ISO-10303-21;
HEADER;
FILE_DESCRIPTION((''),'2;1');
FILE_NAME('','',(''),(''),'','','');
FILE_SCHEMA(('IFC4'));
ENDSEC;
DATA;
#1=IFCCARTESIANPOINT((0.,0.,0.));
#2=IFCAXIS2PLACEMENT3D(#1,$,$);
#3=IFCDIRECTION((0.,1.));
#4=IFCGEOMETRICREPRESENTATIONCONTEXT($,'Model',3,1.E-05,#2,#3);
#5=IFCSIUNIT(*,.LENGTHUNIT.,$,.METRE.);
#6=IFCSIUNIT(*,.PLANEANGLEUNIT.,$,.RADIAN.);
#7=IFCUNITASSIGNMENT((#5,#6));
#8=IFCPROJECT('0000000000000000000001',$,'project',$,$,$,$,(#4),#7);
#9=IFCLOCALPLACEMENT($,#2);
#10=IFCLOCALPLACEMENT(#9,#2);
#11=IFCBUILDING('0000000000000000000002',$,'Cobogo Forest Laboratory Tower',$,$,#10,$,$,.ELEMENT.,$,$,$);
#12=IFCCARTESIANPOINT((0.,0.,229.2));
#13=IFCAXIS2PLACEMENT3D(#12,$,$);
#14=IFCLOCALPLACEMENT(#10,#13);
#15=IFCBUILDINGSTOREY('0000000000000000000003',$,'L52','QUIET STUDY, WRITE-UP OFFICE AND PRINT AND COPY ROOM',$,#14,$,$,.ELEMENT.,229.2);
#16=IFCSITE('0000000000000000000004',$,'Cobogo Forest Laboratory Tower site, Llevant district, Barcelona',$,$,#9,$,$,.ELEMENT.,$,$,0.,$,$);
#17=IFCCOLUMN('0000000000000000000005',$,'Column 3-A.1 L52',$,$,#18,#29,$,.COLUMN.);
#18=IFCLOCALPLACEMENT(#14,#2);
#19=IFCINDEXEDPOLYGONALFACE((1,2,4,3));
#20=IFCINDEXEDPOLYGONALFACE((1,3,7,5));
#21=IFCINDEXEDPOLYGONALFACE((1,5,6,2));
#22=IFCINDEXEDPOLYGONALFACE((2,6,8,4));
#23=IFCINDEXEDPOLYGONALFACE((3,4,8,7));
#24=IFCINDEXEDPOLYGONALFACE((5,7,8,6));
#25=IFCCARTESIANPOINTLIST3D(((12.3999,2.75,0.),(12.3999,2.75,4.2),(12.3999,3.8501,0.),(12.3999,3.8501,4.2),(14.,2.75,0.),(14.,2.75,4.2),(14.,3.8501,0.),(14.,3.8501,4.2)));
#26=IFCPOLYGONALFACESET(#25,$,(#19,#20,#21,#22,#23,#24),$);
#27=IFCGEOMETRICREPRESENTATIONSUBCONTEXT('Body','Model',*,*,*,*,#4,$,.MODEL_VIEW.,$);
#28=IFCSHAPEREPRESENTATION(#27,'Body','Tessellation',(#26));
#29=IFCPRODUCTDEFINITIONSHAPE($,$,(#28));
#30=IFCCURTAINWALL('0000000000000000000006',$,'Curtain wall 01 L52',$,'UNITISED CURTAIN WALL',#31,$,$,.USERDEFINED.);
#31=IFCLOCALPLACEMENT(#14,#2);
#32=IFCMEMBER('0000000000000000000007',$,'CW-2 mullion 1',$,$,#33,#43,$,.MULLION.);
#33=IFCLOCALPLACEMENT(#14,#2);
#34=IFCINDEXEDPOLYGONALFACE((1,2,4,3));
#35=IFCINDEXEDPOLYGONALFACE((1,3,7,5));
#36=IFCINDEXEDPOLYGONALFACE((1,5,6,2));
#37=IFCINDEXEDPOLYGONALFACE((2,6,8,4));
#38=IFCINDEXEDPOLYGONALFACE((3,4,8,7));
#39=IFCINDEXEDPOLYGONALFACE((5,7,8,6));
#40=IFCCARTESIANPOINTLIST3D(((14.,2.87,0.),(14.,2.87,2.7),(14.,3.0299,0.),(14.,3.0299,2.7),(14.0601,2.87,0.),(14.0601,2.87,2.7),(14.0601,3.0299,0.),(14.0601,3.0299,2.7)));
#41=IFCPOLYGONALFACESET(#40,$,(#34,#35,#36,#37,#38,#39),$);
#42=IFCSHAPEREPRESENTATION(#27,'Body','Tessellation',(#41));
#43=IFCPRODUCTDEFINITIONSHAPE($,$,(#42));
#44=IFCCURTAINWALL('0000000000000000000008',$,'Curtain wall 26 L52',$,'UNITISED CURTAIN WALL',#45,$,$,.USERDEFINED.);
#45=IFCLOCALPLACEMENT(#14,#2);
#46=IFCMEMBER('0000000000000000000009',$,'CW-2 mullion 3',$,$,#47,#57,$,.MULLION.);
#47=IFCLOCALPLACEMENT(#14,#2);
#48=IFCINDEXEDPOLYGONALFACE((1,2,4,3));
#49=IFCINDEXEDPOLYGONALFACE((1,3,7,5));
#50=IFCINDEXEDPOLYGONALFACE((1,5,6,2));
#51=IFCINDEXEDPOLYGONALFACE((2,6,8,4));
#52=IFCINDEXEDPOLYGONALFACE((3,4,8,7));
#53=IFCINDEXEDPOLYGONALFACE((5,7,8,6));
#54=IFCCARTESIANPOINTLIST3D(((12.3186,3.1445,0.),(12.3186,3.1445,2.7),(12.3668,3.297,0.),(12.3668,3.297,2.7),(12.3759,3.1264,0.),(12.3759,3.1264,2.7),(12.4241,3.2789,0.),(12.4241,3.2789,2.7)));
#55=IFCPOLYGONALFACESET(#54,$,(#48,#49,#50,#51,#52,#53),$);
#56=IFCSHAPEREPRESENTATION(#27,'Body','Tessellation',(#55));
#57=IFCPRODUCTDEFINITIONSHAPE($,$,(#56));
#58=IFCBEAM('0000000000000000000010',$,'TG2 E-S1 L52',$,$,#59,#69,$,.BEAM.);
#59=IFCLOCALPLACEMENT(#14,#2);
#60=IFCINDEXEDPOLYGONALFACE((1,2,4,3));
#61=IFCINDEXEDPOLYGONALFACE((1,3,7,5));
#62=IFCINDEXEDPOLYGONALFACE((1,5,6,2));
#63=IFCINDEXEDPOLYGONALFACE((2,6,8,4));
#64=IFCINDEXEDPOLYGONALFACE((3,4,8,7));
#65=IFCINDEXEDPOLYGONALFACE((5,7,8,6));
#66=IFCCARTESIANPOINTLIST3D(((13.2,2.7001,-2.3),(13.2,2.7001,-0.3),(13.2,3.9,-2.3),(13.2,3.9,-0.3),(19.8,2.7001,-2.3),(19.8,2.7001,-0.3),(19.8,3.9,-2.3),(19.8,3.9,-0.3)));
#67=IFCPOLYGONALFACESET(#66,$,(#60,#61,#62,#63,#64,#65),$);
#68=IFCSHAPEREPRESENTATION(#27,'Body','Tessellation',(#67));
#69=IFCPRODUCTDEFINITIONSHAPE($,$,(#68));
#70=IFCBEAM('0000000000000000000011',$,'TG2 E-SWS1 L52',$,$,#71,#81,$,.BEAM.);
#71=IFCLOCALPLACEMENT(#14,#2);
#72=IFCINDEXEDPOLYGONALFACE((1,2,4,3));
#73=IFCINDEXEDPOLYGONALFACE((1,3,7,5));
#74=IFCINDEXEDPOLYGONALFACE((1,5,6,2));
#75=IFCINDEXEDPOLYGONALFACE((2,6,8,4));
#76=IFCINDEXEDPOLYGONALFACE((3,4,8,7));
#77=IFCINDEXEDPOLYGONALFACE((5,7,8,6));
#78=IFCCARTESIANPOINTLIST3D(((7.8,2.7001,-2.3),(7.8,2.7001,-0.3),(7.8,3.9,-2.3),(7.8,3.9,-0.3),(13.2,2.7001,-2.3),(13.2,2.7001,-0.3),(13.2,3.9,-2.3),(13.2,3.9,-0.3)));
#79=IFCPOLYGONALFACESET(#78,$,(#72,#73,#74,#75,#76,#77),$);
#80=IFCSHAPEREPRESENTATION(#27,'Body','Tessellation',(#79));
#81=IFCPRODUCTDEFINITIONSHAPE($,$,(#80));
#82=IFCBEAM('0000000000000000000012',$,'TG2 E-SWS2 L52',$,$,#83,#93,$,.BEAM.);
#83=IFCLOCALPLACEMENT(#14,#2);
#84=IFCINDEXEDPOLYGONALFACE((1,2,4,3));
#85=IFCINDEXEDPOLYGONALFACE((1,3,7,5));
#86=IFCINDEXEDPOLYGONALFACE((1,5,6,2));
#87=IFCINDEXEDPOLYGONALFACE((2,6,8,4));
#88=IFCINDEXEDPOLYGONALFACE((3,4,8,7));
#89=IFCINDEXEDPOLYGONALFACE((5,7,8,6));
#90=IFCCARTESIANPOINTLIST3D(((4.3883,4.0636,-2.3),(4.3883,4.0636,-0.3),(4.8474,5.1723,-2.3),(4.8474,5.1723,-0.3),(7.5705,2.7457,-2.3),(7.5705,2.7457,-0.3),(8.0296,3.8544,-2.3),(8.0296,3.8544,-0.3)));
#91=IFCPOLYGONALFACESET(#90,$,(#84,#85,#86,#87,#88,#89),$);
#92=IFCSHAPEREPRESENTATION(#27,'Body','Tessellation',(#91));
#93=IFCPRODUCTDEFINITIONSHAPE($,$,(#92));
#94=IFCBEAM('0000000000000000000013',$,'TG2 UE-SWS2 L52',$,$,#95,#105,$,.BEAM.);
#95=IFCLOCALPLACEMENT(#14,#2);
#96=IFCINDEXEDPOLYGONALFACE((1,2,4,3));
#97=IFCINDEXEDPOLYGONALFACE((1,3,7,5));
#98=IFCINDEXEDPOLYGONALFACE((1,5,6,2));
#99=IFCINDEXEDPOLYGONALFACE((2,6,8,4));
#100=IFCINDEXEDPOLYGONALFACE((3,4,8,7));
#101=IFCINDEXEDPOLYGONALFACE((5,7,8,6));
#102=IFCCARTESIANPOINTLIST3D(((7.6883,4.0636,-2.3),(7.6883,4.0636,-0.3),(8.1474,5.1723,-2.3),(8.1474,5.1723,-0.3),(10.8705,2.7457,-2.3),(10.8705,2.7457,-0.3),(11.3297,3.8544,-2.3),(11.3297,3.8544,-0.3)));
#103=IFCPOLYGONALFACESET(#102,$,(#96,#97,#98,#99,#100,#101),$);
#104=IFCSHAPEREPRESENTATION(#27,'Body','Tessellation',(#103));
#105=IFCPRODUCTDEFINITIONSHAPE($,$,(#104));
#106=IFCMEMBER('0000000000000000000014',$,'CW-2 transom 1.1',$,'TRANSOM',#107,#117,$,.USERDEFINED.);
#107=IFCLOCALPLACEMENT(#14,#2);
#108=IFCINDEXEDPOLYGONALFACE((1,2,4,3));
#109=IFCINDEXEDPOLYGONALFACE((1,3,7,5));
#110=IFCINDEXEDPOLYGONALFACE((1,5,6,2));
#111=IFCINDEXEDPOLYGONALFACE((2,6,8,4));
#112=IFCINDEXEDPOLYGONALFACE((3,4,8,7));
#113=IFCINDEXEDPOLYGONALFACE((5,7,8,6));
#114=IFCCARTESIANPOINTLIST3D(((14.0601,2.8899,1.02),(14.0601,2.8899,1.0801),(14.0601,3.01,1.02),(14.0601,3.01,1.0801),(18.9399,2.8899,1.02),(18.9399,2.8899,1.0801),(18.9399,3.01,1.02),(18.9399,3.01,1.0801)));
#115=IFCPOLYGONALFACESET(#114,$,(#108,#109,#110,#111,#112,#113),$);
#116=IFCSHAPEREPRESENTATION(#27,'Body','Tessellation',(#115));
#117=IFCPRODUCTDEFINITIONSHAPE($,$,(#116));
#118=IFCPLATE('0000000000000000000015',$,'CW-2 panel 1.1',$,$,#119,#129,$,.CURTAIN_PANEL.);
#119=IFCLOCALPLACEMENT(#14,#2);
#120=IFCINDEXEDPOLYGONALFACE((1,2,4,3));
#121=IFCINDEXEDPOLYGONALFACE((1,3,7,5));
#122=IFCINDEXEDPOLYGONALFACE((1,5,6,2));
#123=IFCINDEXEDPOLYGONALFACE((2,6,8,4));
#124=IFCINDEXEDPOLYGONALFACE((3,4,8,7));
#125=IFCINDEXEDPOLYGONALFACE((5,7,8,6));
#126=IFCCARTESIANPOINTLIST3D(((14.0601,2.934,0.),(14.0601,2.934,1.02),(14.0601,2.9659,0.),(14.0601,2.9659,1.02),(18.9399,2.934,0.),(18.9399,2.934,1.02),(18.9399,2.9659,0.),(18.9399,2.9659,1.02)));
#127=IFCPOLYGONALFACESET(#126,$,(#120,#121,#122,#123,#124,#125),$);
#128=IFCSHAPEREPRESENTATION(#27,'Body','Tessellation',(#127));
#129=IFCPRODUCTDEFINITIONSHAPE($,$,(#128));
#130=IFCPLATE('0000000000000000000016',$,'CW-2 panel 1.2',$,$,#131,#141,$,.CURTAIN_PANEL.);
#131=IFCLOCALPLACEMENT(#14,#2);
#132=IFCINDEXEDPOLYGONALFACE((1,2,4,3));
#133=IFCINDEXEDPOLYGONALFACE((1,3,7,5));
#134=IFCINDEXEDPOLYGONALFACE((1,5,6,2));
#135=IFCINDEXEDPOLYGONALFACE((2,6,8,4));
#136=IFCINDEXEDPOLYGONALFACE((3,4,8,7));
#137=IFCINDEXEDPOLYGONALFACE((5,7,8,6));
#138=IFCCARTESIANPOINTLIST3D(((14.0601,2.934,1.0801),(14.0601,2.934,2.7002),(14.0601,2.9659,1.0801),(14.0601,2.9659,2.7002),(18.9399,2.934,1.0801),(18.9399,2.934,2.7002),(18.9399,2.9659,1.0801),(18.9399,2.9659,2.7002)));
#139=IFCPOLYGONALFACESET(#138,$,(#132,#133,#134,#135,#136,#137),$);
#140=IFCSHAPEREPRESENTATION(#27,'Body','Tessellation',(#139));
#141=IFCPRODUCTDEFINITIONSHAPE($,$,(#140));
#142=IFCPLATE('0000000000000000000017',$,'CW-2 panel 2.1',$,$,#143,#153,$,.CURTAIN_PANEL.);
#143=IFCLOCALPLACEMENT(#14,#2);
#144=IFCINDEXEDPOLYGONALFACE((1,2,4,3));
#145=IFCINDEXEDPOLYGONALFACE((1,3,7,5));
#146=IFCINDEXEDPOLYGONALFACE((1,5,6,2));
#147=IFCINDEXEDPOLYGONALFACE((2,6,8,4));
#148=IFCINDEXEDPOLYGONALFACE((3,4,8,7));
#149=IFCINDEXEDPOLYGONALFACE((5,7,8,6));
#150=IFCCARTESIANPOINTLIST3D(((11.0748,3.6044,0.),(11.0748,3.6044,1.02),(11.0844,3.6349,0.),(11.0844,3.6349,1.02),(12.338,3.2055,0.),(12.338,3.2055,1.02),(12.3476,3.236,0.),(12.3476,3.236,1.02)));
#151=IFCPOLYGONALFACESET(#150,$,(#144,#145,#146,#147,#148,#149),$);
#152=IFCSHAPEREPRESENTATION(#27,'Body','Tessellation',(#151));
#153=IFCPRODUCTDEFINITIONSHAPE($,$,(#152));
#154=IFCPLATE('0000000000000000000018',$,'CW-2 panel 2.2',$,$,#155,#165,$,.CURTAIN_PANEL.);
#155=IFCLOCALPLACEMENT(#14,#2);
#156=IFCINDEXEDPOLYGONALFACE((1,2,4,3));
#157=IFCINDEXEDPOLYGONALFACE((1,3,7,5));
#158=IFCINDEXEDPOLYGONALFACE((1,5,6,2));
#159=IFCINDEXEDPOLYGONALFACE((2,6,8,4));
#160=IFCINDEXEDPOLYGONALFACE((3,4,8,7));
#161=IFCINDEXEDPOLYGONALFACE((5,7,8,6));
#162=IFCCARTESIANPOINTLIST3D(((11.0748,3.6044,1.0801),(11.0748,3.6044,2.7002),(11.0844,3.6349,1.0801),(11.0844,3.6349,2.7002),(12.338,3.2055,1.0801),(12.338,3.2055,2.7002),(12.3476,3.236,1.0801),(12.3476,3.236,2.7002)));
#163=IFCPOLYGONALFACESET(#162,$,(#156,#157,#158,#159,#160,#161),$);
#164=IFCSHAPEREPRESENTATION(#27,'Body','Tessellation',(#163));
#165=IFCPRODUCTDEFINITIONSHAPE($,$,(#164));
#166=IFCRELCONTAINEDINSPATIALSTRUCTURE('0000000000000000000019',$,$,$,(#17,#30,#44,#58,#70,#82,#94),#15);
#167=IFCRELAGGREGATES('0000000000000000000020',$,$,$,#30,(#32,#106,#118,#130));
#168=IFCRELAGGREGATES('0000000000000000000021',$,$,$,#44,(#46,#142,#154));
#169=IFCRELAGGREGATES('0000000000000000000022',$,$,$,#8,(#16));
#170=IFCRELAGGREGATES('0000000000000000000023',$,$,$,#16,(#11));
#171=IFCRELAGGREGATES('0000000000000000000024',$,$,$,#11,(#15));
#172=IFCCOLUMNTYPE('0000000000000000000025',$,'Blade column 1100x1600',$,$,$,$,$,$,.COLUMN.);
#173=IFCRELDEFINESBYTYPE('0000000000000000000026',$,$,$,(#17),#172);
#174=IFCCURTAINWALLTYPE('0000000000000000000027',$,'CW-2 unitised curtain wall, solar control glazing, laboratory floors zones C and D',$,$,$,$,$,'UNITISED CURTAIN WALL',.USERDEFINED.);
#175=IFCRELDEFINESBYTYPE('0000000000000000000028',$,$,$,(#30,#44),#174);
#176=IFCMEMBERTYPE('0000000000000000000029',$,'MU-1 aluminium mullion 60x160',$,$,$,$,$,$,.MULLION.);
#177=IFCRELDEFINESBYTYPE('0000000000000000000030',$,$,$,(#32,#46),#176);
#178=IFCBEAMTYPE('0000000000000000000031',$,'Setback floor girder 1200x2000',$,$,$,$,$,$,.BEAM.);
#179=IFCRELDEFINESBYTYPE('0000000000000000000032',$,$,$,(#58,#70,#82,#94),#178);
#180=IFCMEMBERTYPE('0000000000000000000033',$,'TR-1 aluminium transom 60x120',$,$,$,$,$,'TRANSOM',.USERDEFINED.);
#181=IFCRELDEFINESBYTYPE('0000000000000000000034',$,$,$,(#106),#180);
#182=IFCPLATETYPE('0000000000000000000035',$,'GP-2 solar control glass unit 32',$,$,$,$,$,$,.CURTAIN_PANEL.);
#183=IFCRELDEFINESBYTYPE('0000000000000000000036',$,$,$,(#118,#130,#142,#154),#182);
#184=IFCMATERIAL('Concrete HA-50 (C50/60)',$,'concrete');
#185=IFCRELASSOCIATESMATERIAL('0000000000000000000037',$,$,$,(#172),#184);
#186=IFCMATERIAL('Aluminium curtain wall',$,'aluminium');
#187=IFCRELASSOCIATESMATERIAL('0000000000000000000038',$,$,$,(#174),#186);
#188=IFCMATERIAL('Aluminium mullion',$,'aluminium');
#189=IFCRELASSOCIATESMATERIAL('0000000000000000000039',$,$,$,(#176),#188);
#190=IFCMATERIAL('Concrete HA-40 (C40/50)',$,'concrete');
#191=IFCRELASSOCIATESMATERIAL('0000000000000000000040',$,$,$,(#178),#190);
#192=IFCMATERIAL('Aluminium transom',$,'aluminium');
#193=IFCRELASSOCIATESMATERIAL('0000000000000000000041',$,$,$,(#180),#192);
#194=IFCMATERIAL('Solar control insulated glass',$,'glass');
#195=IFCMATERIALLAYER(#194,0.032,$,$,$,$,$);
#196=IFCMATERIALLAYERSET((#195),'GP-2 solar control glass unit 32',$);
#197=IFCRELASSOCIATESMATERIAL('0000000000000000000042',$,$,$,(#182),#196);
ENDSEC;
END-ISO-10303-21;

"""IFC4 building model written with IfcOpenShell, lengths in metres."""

from ifc_helpers import new_model, si_unit, direction, frame, origin, origin_2d, place, context, subcontext, project, spatial, rectangle, extrude, material, layer, layer_set, material_profile, profile_set, type_object, element, aggregate, save


model = new_model("IFC4")

# Units and contexts
model_context = context("Model", 3, precision=1e-05, world=origin(), true_north=direction((0.0, 1.0)))
body_context = subcontext(model_context, "Body", "Model", "MODEL_VIEW")
ifc_project = project(units=[si_unit("LENGTHUNIT", "METRE"), si_unit("PLANEANGLEUNIT", "RADIAN")], contexts=[model_context])

# Site, building, storey
site_placement = place(None, origin())
site = spatial("IfcSite", under=ifc_project, at=site_placement, Name="Cobogo Forest Laboratory Tower site, Llevant district, Barcelona", CompositionType="ELEMENT", RefElevation=0.0)
building_placement = place(site_placement, origin())
building = spatial("IfcBuilding", under=site, at=building_placement, Name="Cobogo Forest Laboratory Tower", CompositionType="ELEMENT")
storey_placement = place(building_placement, frame((0.0, 0.0, 229.2)))
storey = spatial("IfcBuildingStorey", under=building, at=storey_placement, Name="L52", Description="QUIET STUDY, WRITE-UP OFFICE AND PRINT AND COPY ROOM", CompositionType="ELEMENT", Elevation=229.2)

# Column
ifc_material_1 = material(Name="Concrete HA-50 (C50/60)", Category="concrete")
ifc_material_profile_1 = material_profile(ifc_material_1, rectangle(XDim=1.6001, YDim=1.1001, at=origin_2d()), Name="RC 1100x1600")
ifc_profile_set_1 = profile_set([ifc_material_profile_1], Name="Concrete HA-50 (C50/60)")
column_type = type_object("IfcColumnType", Name="Blade column 1100x1600", PredefinedType="COLUMN", material=ifc_profile_set_1)
column_placement = place(storey_placement, frame((13.2, 3.3, 0.0), z_axis=(0.0, 0.0, 1.0), x_axis=(1.0, 0.0, 0.0)))
element("IfcColumn", 1, at=column_placement, inside=storey, type_object=column_type, Name="Column 3-A.1 L52", PredefinedType="COLUMN", context=body_context, shape_type="SweptSolid", body=[
    extrude(rectangle(XDim=1.6001, YDim=1.1001, at=origin_2d()), origin(), (0.0, 0.0, 1.0), 4.2),
])

# Curtain walls, members
ifc_material_2 = material(Name="Aluminium curtain wall", Category="aluminium")
curtain_wall_type = type_object("IfcCurtainWallType", Name="CW-2 unitised curtain wall, solar control glazing, laboratory floors zones C and D", ElementType="UNITISED CURTAIN WALL", PredefinedType="USERDEFINED", material=ifc_material_2)
curtain_wall_1_placement = place(storey_placement, origin())
curtain_wall_1 = element("IfcCurtainWall", 2, at=curtain_wall_1_placement, inside=storey, type_object=curtain_wall_type, Name="Curtain wall 01 L52", ObjectType="UNITISED CURTAIN WALL", PredefinedType="USERDEFINED")
ifc_material_3 = material(Name="Aluminium mullion", Category="aluminium")
ifc_material_profile_2 = material_profile(ifc_material_3, rectangle(XDim=0.0601, YDim=0.1599, at=origin_2d()), Name="AL 60x160")
ifc_profile_set_2 = profile_set([ifc_material_profile_2], Name="Aluminium mullion")
member_type_1 = type_object("IfcMemberType", Name="MU-1 aluminium mullion 60x160", PredefinedType="MULLION", material=ifc_profile_set_2)
member_1_placement = place(storey_placement, frame((14.03, 2.95, 0.0), z_axis=(0.0, 0.0, 1.0), x_axis=(1.0, 0.0, 0.0)))
member_1 = element("IfcMember", 3, at=member_1_placement, type_object=member_type_1, Name="CW-2 mullion 1", PredefinedType="MULLION", context=body_context, shape_type="SweptSolid", body=[
    extrude(rectangle(XDim=0.0601, YDim=0.1599, at=origin_2d()), origin(), (0.0, 0.0, 1.0), 2.7),
])
curtain_wall_2_placement = place(storey_placement, origin())
curtain_wall_2 = element("IfcCurtainWall", 4, at=curtain_wall_2_placement, inside=storey, type_object=curtain_wall_type, Name="Curtain wall 26 L52", ObjectType="UNITISED CURTAIN WALL", PredefinedType="USERDEFINED")
member_2_placement = place(storey_placement, frame((12.3713, 3.2117, 0.0), z_axis=(0.0, 0.0, 1.0), x_axis=(0.953581, -0.301136, 0.0)))
member_2 = element("IfcMember", 5, at=member_2_placement, type_object=member_type_1, Name="CW-2 mullion 3", PredefinedType="MULLION", context=body_context, shape_type="SweptSolid", body=[
    extrude(rectangle(XDim=0.0601, YDim=0.1599, at=origin_2d()), origin(), (0.0, 0.0, 1.0), 2.7),
])

# Beams
ifc_material_4 = material(Name="Concrete HA-40 (C40/50)", Category="concrete")
ifc_material_profile_3 = material_profile(ifc_material_4, rectangle(XDim=1.2, YDim=2.0, at=origin_2d()), Name="RC 1200x2000")
ifc_profile_set_3 = profile_set([ifc_material_profile_3], Name="Concrete HA-40 (C40/50)")
beam_type = type_object("IfcBeamType", Name="Setback floor girder 1200x2000", PredefinedType="BEAM", material=ifc_profile_set_3)
beam_1_placement = place(storey_placement, frame((13.2, 3.3, -1.3), z_axis=(1.0, 0.0, 0.0), x_axis=(0.0, 1.0, 0.0)))
element("IfcBeam", 6, at=beam_1_placement, inside=storey, type_object=beam_type, Name="TG2 E-S1 L52", PredefinedType="BEAM", context=body_context, shape_type="SweptSolid", body=[
    extrude(rectangle(XDim=1.2, YDim=2.0, at=origin_2d()), origin(), (0.0, 0.0, 1.0), 6.6001),
])
beam_2_placement = place(storey_placement, frame((13.2, 3.3, -1.3), z_axis=(-1.0, 0.0, 0.0), x_axis=(0.0, -1.0, 0.0)))
element("IfcBeam", 7, at=beam_2_placement, inside=storey, type_object=beam_type, Name="TG2 E-SWS1 L52", PredefinedType="BEAM", context=body_context, shape_type="SweptSolid", body=[
    extrude(rectangle(XDim=1.2, YDim=2.0, at=origin_2d()), origin(), (0.0, 0.0, 1.0), 5.3999),
])
for number, where, z_axis, x_axis, name in (
    (8, (7.8, 3.3, -1.3), (-0.923901, 0.382631, 0.0), (-0.382631, -0.923901, 0.0), "TG2 E-SWS2 L52"),
    (9, (11.1001, 3.3, -1.3), (-0.923901, 0.382631, 0.0), (-0.382631, -0.923901, 0.0), "TG2 UE-SWS2 L52"),
):
    element("IfcBeam", number, at=place(storey_placement, frame(where, z_axis=z_axis, x_axis=x_axis)), inside=storey, type_object=beam_type, Name=name, PredefinedType="BEAM", context=body_context, shape_type="SweptSolid", body=[
        extrude(rectangle(XDim=1.2, YDim=2.0, at=origin_2d()), origin(), (0.0, 0.0, 1.0), 3.4443),
    ])

# Member
ifc_material_5 = material(Name="Aluminium transom", Category="aluminium")
ifc_material_profile_4 = material_profile(ifc_material_5, rectangle(XDim=0.1201, YDim=0.0601, at=origin_2d()), Name="AL 60x120")
ifc_profile_set_4 = profile_set([ifc_material_profile_4], Name="Aluminium transom")
member_type_2 = type_object("IfcMemberType", Name="TR-1 aluminium transom 60x120", ElementType="TRANSOM", PredefinedType="USERDEFINED", material=ifc_profile_set_4)
member_3_placement = place(storey_placement, frame((14.0601, 2.95, 1.05), z_axis=(1.0, 0.0, 0.0), x_axis=(0.0, 1.0, 0.0)))
member_3 = element("IfcMember", 10, at=member_3_placement, type_object=member_type_2, Name="CW-2 transom 1.1", ObjectType="TRANSOM", PredefinedType="USERDEFINED", context=body_context, shape_type="SweptSolid", body=[
    extrude(rectangle(XDim=0.1201, YDim=0.0601, at=origin_2d()), origin(), (0.0, 0.0, 1.0), 4.8799),
])

# Plates
ifc_material_6 = material(Name="Solar control insulated glass", Category="glass")
ifc_layer = layer(ifc_material_6, 0.032)
ifc_layer_set = layer_set([ifc_layer], Name="GP-2 solar control glass unit 32")
plate_type_1 = type_object("IfcPlateType", Name="GP-2 solar control glass unit 32", PredefinedType="CURTAIN_PANEL", material=ifc_layer_set)
plate_1_placement = place(storey_placement, frame((16.5, 2.95, 0.0), z_axis=(0.0, 0.0, 1.0), x_axis=(1.0, 0.0, 0.0)))
plate_1 = element("IfcPlate", 11, at=plate_1_placement, type_object=plate_type_1, Name="CW-2 panel 1.1", PredefinedType="CURTAIN_PANEL", context=body_context, shape_type="SweptSolid", body=[
    extrude(rectangle(XDim=4.8799, YDim=0.032, at=origin_2d()), origin(), (0.0, 0.0, 1.0), 1.02),
])
plate_2_placement = place(storey_placement, frame((16.5, 2.95, 1.0801), z_axis=(0.0, 0.0, 1.0), x_axis=(1.0, 0.0, 0.0)))
plate_2 = element("IfcPlate", 12, at=plate_2_placement, type_object=plate_type_1, Name="CW-2 panel 1.2", PredefinedType="CURTAIN_PANEL", context=body_context, shape_type="SweptSolid", body=[
    extrude(rectangle(XDim=4.8799, YDim=0.032, at=origin_2d()), origin(), (0.0, 0.0, 1.0), 1.6201),
])
aggregate(curtain_wall_1, [member_1, member_3, plate_1, plate_2])
plate_3_placement = place(storey_placement, frame((11.7112, 3.4202, 0.0), z_axis=(0.0, 0.0, 1.0), x_axis=(0.953581, -0.301136, 0.0)))
plate_3 = element("IfcPlate", 13, at=plate_3_placement, type_object=plate_type_1, Name="CW-2 panel 2.1", PredefinedType="CURTAIN_PANEL", context=body_context, shape_type="SweptSolid", body=[
    extrude(rectangle(XDim=1.3247, YDim=0.032, at=origin_2d()), origin(), (0.0, 0.0, 1.0), 1.02),
])
plate_4_placement = place(storey_placement, frame((11.7112, 3.4202, 1.0801), z_axis=(0.0, 0.0, 1.0), x_axis=(0.953581, -0.301136, 0.0)))
plate_4 = element("IfcPlate", 14, at=plate_4_placement, type_object=plate_type_1, Name="CW-2 panel 2.2", PredefinedType="CURTAIN_PANEL", context=body_context, shape_type="SweptSolid", body=[
    extrude(rectangle(XDim=1.3247, YDim=0.032, at=origin_2d()), origin(), (0.0, 0.0, 1.0), 1.6201),
])
aggregate(curtain_wall_2, [member_2, plate_3, plate_4])

save(model, "model.ifc")
